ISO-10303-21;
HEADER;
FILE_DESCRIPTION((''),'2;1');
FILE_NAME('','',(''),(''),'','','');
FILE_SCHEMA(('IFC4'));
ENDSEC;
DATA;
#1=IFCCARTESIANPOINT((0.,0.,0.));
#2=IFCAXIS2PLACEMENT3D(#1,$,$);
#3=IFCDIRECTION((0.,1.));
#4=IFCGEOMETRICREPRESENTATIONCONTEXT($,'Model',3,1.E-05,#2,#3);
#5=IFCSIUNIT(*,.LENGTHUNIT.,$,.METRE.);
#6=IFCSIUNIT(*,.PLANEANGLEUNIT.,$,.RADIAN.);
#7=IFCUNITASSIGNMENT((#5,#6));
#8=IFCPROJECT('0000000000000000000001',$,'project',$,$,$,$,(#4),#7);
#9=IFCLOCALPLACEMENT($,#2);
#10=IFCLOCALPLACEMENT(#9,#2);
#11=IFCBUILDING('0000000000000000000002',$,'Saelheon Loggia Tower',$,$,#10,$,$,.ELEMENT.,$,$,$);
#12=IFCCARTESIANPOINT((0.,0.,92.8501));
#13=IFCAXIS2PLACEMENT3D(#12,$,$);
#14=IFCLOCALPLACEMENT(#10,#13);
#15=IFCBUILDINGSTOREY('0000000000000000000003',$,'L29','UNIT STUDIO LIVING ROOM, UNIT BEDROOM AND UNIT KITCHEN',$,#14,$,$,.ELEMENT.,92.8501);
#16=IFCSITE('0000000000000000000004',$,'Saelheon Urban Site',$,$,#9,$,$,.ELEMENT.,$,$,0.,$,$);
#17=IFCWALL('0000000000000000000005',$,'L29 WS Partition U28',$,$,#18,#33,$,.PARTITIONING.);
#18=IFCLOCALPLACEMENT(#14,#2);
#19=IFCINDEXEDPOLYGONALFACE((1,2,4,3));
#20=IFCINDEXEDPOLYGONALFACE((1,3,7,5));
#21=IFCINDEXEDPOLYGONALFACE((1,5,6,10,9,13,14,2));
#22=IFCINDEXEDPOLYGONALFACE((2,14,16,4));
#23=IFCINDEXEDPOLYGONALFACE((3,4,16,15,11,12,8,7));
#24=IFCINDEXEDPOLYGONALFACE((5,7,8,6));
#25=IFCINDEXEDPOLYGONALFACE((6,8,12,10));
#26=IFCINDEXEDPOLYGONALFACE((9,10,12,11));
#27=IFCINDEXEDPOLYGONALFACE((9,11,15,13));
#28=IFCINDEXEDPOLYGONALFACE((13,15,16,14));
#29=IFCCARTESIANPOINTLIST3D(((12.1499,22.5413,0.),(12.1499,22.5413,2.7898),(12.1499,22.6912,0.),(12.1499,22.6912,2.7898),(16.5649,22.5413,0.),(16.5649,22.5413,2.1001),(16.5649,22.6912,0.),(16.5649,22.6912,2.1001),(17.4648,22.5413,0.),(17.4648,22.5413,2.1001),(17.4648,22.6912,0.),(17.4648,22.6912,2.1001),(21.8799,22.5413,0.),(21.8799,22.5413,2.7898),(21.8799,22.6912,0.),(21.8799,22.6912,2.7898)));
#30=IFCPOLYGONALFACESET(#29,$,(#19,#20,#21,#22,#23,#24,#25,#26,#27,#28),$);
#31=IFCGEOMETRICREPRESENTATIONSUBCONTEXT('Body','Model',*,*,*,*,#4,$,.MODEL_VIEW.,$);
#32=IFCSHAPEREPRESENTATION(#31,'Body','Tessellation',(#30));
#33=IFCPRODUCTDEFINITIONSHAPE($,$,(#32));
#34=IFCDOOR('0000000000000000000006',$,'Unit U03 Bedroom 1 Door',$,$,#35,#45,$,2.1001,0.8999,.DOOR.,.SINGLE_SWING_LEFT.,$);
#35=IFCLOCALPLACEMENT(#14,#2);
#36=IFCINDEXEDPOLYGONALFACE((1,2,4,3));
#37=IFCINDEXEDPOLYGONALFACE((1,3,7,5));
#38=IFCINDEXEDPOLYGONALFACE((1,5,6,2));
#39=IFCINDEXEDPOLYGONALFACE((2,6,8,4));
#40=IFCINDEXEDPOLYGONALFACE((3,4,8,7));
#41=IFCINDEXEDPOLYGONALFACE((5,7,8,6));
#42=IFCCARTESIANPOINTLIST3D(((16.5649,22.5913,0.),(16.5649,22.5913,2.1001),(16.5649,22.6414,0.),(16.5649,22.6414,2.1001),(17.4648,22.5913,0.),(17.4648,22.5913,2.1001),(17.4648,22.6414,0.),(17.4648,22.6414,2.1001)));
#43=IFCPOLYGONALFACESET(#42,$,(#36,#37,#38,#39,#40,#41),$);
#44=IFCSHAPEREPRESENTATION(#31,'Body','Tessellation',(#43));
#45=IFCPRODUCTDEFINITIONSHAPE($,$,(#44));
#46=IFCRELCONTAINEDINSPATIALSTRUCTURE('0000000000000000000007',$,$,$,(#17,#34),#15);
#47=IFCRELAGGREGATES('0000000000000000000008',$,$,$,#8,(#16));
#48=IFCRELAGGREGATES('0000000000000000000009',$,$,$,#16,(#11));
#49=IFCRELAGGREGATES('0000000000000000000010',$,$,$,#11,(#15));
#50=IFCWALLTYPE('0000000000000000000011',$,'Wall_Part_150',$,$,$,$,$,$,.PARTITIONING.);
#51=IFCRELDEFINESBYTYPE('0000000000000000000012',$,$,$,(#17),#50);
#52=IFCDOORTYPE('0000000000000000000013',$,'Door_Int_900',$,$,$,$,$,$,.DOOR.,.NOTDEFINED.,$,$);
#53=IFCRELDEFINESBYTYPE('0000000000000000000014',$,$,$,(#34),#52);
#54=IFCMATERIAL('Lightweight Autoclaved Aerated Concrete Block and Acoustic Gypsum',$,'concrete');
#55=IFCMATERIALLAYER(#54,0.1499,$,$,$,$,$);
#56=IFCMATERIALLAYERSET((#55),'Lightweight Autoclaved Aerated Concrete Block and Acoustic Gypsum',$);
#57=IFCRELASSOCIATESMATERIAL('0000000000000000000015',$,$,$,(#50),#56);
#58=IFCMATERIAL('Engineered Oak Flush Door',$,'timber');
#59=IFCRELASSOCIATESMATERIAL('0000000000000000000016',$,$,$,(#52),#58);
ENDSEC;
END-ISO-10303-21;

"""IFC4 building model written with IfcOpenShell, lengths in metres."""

from ifc_helpers import new_model, si_unit, direction, frame, frame_2d, origin, place, context, subcontext, project, spatial, rectangle, extrude, source, transform, mapped, material, layer, layer_set, type_object, element, fill, save


model = new_model("IFC4")

# Units and contexts
model_context = context("Model", 3, precision=1e-05, world=origin(), true_north=direction((0.0, 1.0)))
body_context = subcontext(model_context, "Body", "Model", "MODEL_VIEW")
ifc_project = project(units=[si_unit("LENGTHUNIT", "METRE"), si_unit("PLANEANGLEUNIT", "RADIAN")], contexts=[model_context])

# Site, building, storey
site_placement = place(None, origin())
site = spatial("IfcSite", under=ifc_project, at=site_placement, Name="Saelheon Urban Site", CompositionType="ELEMENT", RefElevation=0.0)
building_placement = place(site_placement, origin())
building = spatial("IfcBuilding", under=site, at=building_placement, Name="Saelheon Loggia Tower", CompositionType="ELEMENT")
storey_placement = place(building_placement, frame((0.0, 0.0, 92.8501)))
storey = spatial("IfcBuildingStorey", under=building, at=storey_placement, Name="L29", Description="UNIT STUDIO LIVING ROOM, UNIT BEDROOM AND UNIT KITCHEN", CompositionType="ELEMENT", Elevation=92.8501)

# Shared definitions
ifc_material_1 = material(Name="Lightweight Autoclaved Aerated Concrete Block and Acoustic Gypsum", Category="concrete")
ifc_layer = layer(ifc_material_1, 0.1499)
ifc_layer_set = layer_set([ifc_layer], Name="Lightweight Autoclaved Aerated Concrete Block and Acoustic Gypsum")
wall_type = type_object("IfcWallType", Name="Wall_Part_150", PredefinedType="PARTITIONING", material=ifc_layer_set)
ifc_material_2 = material(Name="Engineered Oak Flush Door", Category="timber")
door_type = type_object("IfcDoorType", Name="Door_Int_900", OperationType="NOTDEFINED", PredefinedType="DOOR", material=ifc_material_2)
shared_shape_1 = source(origin(), body_context, "Body", "SweptSolid", [
    extrude(rectangle(XDim=0.8999, YDim=2.1001, at=frame_2d((0.45, 1.05))), frame((0.0, 0.0249, 0.0), z_axis=(0.0, -1.0, 0.0), x_axis=(1.0, 0.0, 0.0)), (0.0, 0.0, 1.0), 0.05),
])

# Wall, opening, door
wall_1_placement = place(storey_placement, frame((21.8799, 22.6162, 0.0), z_axis=(0.0, 0.0, 1.0), x_axis=(-1.0, 0.0, 0.0)))
wall_1 = element("IfcWall", 1, at=wall_1_placement, inside=storey, type_object=wall_type, Name="L29 WS Partition U28", PredefinedType="PARTITIONING", context=body_context, shape_type="SweptSolid", body=[
    extrude(rectangle(XDim=9.73, YDim=0.1499, at=frame_2d((4.865, 0.0))), origin(), (0.0, 0.0, 1.0), 2.7898),
])
opening_1_placement = place(wall_1_placement, frame((4.415, 0.0, 0.0)))
opening_1 = element("IfcOpeningElement", 2, at=opening_1_placement, cuts=wall_1, PredefinedType="OPENING", context=body_context, shape_type="SweptSolid", body=[
    extrude(rectangle(XDim=0.8999, YDim=2.1001, at=frame_2d((0.45, 1.05))), frame((0.0, 0.0869, 0.0), z_axis=(0.0, -1.0, 0.0), x_axis=(1.0, 0.0, 0.0)), (0.0, 0.0, 1.0), 0.1738),
])
door_1_placement = place(opening_1_placement, origin())
door_1 = element("IfcDoor", 3, at=door_1_placement, inside=storey, type_object=door_type, Name="Unit U03 Bedroom 1 Door", OperationType="SINGLE_SWING_LEFT", OverallHeight=2.1001, OverallWidth=0.8999, PredefinedType="DOOR", context=body_context, shape_type="MappedRepresentation", body=[
    mapped(shared_shape_1, transform((0.0, 0.0, 0.0), scale=1.0)),
])
fill(opening_1, door_1)

save(model, "model.ifc")
